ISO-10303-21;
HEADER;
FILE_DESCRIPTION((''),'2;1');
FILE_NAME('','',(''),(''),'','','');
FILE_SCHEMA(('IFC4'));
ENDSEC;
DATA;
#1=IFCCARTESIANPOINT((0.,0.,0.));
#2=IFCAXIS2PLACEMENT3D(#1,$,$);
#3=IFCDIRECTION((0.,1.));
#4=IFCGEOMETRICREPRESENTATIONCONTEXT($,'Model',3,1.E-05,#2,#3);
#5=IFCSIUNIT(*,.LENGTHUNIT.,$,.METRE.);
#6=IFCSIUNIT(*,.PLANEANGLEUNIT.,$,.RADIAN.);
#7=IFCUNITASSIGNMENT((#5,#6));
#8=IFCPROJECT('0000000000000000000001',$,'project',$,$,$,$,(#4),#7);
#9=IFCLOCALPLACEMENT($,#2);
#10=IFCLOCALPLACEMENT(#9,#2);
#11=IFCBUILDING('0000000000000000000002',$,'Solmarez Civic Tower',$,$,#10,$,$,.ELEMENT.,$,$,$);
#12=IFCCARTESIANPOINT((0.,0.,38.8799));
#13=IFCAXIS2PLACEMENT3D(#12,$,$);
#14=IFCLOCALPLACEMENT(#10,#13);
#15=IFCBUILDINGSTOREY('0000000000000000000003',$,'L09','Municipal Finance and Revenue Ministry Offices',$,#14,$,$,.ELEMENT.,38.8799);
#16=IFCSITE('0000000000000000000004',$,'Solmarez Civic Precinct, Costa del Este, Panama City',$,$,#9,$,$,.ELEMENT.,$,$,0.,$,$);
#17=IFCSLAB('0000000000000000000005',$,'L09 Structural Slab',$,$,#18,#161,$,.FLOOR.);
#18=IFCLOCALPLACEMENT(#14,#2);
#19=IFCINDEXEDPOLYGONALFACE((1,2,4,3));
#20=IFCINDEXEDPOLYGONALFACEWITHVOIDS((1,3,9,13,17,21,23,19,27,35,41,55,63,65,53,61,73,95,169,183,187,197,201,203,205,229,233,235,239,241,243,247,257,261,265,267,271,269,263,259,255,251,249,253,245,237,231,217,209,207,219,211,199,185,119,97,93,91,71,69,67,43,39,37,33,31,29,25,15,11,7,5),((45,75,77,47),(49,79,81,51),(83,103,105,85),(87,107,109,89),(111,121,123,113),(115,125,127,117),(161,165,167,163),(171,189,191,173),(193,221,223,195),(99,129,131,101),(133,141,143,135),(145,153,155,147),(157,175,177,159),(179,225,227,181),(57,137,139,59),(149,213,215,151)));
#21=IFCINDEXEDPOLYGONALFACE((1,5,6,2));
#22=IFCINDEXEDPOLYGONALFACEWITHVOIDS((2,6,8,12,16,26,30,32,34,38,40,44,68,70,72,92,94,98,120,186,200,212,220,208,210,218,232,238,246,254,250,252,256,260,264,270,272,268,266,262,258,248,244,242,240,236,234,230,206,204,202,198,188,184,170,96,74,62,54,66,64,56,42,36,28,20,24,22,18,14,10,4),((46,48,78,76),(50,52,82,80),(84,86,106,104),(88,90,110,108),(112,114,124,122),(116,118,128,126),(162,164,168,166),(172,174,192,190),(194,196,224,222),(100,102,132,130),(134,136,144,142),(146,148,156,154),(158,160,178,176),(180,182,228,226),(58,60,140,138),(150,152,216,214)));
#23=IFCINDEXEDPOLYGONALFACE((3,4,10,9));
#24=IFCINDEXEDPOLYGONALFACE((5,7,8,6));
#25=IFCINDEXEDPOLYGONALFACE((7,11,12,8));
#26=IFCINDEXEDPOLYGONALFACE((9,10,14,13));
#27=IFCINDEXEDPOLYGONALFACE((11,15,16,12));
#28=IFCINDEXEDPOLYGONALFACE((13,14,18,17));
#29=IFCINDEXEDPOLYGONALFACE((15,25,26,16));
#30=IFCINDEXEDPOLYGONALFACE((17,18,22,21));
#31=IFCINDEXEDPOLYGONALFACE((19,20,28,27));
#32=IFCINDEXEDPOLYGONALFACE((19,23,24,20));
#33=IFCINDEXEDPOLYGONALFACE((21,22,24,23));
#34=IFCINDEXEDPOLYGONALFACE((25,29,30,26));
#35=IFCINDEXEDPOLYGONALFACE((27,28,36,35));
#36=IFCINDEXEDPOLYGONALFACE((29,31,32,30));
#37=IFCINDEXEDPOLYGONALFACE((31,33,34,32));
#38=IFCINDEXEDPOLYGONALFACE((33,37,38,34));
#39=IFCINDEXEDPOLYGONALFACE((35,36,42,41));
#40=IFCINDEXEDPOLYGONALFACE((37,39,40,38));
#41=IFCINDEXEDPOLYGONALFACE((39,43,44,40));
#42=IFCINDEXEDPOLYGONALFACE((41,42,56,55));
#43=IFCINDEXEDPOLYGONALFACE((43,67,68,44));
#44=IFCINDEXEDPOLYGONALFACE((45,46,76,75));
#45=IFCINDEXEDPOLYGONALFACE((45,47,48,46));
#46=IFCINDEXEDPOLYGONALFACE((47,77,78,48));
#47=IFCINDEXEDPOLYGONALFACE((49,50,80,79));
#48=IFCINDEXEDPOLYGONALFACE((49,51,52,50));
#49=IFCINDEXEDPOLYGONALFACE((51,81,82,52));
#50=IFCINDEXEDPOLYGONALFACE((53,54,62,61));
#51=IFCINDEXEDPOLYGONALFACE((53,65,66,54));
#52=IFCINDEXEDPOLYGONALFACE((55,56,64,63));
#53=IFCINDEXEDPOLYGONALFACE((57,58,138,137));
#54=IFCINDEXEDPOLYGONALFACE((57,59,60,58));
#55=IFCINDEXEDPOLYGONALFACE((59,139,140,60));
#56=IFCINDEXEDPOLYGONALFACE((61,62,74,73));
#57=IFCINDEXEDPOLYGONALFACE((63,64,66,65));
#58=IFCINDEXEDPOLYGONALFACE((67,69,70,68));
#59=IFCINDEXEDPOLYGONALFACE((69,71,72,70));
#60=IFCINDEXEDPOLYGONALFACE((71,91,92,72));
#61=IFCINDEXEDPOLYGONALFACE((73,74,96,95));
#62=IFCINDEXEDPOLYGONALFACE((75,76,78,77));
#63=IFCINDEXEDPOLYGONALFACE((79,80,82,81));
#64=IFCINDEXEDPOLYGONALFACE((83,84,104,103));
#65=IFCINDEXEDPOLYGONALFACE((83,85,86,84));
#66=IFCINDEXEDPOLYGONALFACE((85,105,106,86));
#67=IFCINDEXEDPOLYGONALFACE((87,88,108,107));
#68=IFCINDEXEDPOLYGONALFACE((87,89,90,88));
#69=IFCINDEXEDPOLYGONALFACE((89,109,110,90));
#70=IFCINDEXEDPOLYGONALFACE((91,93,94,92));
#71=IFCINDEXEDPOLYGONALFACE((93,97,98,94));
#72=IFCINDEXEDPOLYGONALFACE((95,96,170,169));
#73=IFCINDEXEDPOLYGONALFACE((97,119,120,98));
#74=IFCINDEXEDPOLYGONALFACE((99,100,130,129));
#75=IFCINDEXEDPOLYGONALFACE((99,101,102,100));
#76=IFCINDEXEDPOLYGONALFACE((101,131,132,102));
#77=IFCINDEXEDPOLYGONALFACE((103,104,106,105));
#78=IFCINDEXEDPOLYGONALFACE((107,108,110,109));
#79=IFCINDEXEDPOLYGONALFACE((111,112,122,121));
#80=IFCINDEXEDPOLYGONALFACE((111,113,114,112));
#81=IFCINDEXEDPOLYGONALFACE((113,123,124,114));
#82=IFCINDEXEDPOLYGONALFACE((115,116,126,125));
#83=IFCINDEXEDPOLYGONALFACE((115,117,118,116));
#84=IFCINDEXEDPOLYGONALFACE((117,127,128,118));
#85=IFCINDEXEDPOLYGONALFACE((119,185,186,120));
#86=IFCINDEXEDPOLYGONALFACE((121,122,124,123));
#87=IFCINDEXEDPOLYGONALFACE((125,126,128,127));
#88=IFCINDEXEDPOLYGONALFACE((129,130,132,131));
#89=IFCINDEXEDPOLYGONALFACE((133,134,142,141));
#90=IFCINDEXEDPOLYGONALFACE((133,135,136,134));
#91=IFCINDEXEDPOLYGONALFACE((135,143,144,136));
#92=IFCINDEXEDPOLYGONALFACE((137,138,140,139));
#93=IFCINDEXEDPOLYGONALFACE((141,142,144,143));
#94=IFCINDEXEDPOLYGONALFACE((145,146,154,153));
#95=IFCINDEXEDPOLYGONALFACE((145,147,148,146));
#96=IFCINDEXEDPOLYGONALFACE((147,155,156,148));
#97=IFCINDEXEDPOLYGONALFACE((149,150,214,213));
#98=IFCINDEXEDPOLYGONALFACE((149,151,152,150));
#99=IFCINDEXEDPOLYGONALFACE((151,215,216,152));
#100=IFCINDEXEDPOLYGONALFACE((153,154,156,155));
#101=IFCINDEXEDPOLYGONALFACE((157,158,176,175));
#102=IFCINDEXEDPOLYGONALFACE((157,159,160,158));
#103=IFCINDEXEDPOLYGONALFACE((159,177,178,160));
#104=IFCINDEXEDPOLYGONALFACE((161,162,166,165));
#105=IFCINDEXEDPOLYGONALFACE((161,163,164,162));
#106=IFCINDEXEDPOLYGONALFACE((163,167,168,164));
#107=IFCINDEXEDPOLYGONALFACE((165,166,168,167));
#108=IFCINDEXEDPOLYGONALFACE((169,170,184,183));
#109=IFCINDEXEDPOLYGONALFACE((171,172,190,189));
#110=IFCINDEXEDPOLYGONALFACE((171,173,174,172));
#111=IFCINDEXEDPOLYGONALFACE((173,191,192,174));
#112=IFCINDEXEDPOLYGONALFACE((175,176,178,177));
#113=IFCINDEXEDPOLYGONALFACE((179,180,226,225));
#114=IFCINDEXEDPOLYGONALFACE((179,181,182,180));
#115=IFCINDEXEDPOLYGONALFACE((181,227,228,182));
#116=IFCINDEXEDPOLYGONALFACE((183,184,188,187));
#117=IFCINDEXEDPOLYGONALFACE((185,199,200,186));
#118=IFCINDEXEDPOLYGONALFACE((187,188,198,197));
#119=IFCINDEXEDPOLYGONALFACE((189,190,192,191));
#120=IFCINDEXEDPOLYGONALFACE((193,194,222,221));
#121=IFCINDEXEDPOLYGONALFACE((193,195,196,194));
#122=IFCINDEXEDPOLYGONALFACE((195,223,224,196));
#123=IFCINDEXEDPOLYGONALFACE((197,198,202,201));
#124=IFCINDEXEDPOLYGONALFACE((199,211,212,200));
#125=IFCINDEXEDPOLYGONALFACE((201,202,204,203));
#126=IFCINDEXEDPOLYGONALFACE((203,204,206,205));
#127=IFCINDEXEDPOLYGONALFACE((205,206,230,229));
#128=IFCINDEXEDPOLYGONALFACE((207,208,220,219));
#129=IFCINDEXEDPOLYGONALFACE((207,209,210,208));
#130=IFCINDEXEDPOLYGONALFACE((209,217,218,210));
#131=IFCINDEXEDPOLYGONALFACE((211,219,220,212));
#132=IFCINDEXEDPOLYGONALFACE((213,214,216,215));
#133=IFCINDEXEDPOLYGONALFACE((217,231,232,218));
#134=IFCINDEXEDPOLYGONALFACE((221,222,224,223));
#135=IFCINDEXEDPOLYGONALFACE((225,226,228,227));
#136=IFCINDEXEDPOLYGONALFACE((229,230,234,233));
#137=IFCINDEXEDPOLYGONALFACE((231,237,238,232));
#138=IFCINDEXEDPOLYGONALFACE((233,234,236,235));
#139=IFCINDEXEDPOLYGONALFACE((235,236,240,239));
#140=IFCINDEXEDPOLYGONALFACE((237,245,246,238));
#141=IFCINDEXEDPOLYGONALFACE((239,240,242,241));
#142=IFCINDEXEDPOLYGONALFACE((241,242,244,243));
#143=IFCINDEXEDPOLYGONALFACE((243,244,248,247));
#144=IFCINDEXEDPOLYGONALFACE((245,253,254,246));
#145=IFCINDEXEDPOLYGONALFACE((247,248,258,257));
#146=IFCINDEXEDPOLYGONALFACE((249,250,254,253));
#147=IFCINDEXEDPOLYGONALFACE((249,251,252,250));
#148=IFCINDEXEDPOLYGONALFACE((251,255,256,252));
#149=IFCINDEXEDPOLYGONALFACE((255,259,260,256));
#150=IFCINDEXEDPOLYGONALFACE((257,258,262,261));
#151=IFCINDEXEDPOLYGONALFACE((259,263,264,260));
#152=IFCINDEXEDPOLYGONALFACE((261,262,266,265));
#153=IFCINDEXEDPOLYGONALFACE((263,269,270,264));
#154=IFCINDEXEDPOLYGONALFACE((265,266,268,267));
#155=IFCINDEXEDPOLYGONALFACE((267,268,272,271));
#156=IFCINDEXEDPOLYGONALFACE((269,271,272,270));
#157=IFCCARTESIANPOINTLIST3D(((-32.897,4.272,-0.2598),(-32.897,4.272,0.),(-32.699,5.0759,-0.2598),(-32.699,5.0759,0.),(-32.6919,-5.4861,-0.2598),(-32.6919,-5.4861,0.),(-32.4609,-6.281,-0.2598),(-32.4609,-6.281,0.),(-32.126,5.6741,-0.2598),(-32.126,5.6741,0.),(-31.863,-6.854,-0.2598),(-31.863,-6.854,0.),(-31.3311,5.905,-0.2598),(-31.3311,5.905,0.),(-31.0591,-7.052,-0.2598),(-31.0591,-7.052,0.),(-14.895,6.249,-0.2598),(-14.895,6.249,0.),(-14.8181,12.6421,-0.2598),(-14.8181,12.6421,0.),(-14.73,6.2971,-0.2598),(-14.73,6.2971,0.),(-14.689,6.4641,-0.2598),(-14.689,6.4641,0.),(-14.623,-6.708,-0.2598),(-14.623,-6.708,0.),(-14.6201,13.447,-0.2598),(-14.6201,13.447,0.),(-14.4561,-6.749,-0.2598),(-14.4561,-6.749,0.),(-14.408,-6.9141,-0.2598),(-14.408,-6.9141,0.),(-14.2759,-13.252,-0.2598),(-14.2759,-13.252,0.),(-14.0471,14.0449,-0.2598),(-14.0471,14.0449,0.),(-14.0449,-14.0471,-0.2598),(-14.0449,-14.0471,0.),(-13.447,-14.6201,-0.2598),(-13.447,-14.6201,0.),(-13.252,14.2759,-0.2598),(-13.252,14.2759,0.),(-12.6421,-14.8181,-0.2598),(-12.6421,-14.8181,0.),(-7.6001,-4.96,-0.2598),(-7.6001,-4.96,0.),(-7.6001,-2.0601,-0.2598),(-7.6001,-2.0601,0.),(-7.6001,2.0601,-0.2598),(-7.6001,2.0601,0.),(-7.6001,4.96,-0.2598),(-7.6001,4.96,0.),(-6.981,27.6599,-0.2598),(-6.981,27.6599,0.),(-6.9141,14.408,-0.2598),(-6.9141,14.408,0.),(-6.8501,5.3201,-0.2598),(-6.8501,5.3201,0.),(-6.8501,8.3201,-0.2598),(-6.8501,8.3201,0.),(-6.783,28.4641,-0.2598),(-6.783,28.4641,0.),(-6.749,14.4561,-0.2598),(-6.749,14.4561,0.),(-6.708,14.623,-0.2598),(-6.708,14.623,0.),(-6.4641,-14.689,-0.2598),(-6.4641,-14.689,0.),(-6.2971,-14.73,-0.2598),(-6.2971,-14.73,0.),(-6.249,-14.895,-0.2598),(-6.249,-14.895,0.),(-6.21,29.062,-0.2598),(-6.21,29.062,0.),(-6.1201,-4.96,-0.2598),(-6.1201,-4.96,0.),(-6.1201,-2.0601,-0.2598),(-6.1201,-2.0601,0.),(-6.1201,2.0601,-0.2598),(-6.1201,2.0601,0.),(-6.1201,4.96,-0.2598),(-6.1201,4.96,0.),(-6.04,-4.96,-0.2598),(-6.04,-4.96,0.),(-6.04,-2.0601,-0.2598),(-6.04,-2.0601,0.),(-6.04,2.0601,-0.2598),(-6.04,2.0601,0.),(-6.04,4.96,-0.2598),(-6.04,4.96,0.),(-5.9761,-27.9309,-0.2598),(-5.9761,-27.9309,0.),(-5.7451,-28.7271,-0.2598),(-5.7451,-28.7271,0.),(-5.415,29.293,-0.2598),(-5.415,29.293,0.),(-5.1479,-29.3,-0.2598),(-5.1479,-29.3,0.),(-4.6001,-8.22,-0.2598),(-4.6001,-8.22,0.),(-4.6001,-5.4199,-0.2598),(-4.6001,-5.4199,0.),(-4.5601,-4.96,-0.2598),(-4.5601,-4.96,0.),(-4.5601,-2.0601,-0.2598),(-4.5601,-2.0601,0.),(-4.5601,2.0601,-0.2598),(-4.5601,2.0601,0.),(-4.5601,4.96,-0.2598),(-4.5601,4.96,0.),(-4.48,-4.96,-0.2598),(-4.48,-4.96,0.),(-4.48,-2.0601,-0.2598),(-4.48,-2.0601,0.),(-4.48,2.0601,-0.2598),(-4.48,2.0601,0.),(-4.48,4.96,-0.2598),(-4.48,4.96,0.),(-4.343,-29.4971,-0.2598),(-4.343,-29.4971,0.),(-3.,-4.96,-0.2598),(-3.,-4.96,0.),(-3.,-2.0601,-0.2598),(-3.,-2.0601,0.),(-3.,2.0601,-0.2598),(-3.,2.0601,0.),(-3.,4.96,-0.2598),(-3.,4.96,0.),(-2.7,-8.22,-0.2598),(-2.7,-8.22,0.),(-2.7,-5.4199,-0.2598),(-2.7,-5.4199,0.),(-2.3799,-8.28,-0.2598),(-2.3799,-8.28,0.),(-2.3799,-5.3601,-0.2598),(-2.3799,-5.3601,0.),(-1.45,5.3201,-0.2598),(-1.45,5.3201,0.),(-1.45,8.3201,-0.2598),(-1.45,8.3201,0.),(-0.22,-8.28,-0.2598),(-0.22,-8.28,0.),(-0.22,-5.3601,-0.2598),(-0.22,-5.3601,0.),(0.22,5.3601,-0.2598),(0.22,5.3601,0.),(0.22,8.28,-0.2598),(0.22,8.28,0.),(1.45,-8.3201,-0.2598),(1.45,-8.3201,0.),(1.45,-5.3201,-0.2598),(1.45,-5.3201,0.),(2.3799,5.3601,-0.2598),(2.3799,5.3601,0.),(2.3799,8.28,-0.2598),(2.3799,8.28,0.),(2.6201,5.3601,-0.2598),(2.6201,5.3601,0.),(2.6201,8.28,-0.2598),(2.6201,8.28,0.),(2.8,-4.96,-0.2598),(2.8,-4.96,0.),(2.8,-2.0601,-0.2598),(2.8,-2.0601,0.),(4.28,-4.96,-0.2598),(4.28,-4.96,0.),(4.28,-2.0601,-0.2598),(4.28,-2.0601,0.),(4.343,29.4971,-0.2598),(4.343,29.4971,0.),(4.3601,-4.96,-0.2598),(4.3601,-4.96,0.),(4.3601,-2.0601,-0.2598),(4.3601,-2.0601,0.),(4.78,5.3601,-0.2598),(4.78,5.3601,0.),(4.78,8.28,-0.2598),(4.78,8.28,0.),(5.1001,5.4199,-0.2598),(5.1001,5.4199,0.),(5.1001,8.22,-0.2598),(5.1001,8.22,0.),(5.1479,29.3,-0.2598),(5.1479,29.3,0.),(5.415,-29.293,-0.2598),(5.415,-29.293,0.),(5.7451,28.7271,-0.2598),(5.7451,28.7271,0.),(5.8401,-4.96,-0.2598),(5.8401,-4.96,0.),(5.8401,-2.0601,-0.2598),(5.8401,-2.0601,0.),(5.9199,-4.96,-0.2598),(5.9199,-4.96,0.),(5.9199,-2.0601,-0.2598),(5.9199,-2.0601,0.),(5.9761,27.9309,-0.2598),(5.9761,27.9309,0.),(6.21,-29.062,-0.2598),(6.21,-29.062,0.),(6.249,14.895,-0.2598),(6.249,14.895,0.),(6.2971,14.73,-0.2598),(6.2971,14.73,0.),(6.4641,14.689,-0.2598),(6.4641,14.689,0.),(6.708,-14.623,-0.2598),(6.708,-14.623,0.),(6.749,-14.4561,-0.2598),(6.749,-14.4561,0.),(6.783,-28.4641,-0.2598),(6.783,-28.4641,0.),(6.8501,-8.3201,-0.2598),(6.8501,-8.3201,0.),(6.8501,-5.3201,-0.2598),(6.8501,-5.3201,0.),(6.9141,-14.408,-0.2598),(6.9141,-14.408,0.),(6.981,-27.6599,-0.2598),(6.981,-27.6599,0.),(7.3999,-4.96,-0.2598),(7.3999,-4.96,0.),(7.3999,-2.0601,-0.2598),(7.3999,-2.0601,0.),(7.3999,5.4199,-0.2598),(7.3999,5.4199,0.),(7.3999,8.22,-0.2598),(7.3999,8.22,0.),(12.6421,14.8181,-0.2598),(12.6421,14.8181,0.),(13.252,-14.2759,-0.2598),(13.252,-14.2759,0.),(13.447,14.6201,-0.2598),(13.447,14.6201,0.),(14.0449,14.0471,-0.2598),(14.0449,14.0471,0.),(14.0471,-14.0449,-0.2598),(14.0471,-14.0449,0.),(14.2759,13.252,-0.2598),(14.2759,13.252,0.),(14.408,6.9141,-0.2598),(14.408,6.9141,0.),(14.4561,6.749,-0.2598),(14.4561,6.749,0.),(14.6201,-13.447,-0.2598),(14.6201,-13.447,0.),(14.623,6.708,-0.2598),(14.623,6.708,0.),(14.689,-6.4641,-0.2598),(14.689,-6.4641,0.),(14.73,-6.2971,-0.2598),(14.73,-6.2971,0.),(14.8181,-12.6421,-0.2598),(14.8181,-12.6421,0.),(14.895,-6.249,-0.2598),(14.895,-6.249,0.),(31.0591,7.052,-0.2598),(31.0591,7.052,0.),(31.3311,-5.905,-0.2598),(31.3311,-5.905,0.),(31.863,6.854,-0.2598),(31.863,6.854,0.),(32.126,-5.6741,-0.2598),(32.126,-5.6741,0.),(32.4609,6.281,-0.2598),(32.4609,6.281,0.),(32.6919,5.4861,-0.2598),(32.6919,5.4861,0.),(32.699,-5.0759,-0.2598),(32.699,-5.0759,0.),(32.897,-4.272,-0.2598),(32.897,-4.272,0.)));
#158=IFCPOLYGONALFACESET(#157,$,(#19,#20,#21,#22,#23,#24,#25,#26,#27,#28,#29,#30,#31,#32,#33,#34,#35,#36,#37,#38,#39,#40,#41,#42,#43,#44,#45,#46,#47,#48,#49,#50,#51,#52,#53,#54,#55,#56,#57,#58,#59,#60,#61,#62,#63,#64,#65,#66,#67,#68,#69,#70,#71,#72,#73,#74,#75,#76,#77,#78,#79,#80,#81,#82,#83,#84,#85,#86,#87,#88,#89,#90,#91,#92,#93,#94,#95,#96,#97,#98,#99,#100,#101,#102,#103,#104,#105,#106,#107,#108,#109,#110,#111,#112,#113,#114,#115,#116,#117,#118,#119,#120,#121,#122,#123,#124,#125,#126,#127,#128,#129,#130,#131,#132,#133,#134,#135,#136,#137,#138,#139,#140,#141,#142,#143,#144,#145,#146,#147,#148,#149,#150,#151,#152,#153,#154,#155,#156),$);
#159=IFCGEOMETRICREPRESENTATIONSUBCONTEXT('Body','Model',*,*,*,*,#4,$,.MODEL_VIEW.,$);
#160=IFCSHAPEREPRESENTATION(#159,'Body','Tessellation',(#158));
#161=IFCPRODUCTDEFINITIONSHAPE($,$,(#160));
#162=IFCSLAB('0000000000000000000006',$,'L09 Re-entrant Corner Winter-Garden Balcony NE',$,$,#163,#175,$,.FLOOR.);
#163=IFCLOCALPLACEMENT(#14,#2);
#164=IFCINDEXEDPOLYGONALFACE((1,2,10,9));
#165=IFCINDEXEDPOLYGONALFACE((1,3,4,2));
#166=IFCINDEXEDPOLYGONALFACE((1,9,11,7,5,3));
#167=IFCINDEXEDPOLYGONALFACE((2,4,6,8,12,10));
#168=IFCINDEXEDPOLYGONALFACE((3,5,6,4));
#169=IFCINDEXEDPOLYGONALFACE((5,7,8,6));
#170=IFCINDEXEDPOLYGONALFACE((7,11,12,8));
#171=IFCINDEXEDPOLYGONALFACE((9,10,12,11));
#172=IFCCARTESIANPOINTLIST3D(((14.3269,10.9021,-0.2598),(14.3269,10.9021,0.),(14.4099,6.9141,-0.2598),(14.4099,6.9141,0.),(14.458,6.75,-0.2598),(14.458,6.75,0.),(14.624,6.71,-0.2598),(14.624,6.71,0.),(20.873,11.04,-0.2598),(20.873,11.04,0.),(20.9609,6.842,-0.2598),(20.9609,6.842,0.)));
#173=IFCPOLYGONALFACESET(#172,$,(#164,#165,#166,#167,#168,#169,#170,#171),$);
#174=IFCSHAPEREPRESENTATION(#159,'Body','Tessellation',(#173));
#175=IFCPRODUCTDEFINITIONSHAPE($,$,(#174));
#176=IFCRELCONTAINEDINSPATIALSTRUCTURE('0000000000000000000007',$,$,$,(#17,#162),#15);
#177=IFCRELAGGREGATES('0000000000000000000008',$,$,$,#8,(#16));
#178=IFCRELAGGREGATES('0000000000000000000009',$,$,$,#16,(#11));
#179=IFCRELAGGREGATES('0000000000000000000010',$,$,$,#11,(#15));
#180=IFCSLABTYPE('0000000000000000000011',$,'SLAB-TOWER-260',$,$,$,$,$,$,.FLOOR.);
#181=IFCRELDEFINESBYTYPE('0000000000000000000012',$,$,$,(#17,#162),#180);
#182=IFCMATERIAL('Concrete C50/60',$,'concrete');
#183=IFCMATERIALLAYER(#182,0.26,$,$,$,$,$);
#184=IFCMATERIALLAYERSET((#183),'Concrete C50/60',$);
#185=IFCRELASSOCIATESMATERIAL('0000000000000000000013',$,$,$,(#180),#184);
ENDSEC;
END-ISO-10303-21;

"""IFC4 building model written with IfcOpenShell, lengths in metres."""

from ifc_helpers import new_model, si_unit, direction, frame, origin, place, context, subcontext, project, spatial, polyline, outline, extrude, material, layer, layer_set, type_object, element, save


model = new_model("IFC4")

# Units and contexts
model_context = context("Model", 3, precision=1e-05, world=origin(), true_north=direction((0.0, 1.0)))
body_context = subcontext(model_context, "Body", "Model", "MODEL_VIEW")
ifc_project = project(units=[si_unit("LENGTHUNIT", "METRE"), si_unit("PLANEANGLEUNIT", "RADIAN")], contexts=[model_context])

# Site, building, storey
site_placement = place(None, origin())
site = spatial("IfcSite", under=ifc_project, at=site_placement, Name="Solmarez Civic Precinct, Costa del Este, Panama City", CompositionType="ELEMENT", RefElevation=0.0)
building_placement = place(site_placement, origin())
building = spatial("IfcBuilding", under=site, at=building_placement, Name="Solmarez Civic Tower", CompositionType="ELEMENT")
storey_placement = place(building_placement, frame((0.0, 0.0, 38.8799)))
storey = spatial("IfcBuildingStorey", under=building, at=storey_placement, Name="L09", Description="Municipal Finance and Revenue Ministry Offices", CompositionType="ELEMENT", Elevation=38.8799)

# Shared definitions
ifc_material_1 = material(Name="Concrete C50/60", Category="concrete")

# Slabs
ifc_layer_1 = layer(ifc_material_1, 0.26)
ifc_layer_set_1 = layer_set([ifc_layer_1], Name="Concrete C50/60")
slab_type_1 = type_object("IfcSlabType", Name="SLAB-TOWER-260", PredefinedType="FLOOR", material=ifc_layer_set_1)
slab_1_placement = place(storey_placement, frame((0.0, 0.0, -0.2598)))
element("IfcSlab", 1, at=slab_1_placement, inside=storey, type_object=slab_type_1, Name="L09 Structural Slab", PredefinedType="FLOOR", context=body_context, shape_type="SweptSolid", body=[
    extrude(outline(polyline([(-14.408, -6.9141), (-14.2759, -13.252), (-14.0449, -14.0471), (-13.447, -14.6201), (-12.6421, -14.8181), (-6.4641, -14.689), (-6.2971, -14.73), (-6.249, -14.895), (-5.9761, -27.9309), (-5.7451, -28.7271), (-5.1479, -29.3), (-4.343, -29.4971), (5.415, -29.293), (6.21, -29.062), (6.783, -28.4641), (6.981, -27.6599), (6.708, -14.623), (6.749, -14.4561), (6.9141, -14.408), (13.252, -14.2759), (14.0471, -14.0449), (14.6201, -13.447), (14.8181, -12.6421), (14.689, -6.4641), (14.73, -6.2971), (14.895, -6.249), (31.3311, -5.905), (32.126, -5.6741), (32.699, -5.0759), (32.897, -4.272), (32.6919, 5.4861), (32.4609, 6.281), (31.863, 6.854), (31.0591, 7.052), (14.623, 6.708), (14.4561, 6.749), (14.408, 6.9141), (14.2759, 13.252), (14.0449, 14.0471), (13.447, 14.6201), (12.6421, 14.8181), (6.4641, 14.689), (6.2971, 14.73), (6.249, 14.895), (5.9761, 27.9309), (5.7451, 28.7271), (5.1479, 29.3), (4.343, 29.4971), (-5.415, 29.293), (-6.21, 29.062), (-6.783, 28.4641), (-6.981, 27.6599), (-6.708, 14.623), (-6.749, 14.4561), (-6.9141, 14.408), (-13.252, 14.2759), (-14.0471, 14.0449), (-14.6201, 13.447), (-14.8181, 12.6421), (-14.689, 6.4641), (-14.73, 6.2971), (-14.895, 6.249), (-31.3311, 5.905), (-32.126, 5.6741), (-32.699, 5.0759), (-32.897, 4.272), (-32.6919, -5.4861), (-32.4609, -6.281), (-31.863, -6.854), (-31.0591, -7.052), (-14.623, -6.708), (-14.4561, -6.749), (-14.408, -6.9141)]), holes=[polyline([(-1.45, 8.3201), (-6.8501, 8.3201), (-6.8501, 5.3201), (-1.45, 5.3201), (-1.45, 8.3201)]), polyline([(1.45, -8.3201), (6.8501, -8.3201), (6.8501, -5.3201), (1.45, -5.3201), (1.45, -8.3201)]), polyline([(0.22, 5.3601), (2.3799, 5.3601), (2.3799, 8.28), (0.22, 8.28), (0.22, 5.3601)]), polyline([(2.6201, 5.3601), (4.78, 5.3601), (4.78, 8.28), (2.6201, 8.28), (2.6201, 5.3601)]), polyline([(-2.3799, -8.28), (-0.22, -8.28), (-0.22, -5.3601), (-2.3799, -5.3601), (-2.3799, -8.28)]), polyline([(2.8, -4.96), (4.28, -4.96), (4.28, -2.0601), (2.8, -2.0601), (2.8, -4.96)]), polyline([(4.3601, -4.96), (5.8401, -4.96), (5.8401, -2.0601), (4.3601, -2.0601), (4.3601, -4.96)]), polyline([(5.9199, -4.96), (7.3999, -4.96), (7.3999, -2.0601), (5.9199, -2.0601), (5.9199, -4.96)]), polyline([(-7.6001, -4.96), (-6.1201, -4.96), (-6.1201, -2.0601), (-7.6001, -2.0601), (-7.6001, -4.96)]), polyline([(-6.04, -4.96), (-4.5601, -4.96), (-4.5601, -2.0601), (-6.04, -2.0601), (-6.04, -4.96)]), polyline([(-4.48, -4.96), (-3.0, -4.96), (-3.0, -2.0601), (-4.48, -2.0601), (-4.48, -4.96)]), polyline([(-7.6001, 2.0601), (-6.1201, 2.0601), (-6.1201, 4.96), (-7.6001, 4.96), (-7.6001, 2.0601)]), polyline([(-6.04, 2.0601), (-4.5601, 2.0601), (-4.5601, 4.96), (-6.04, 4.96), (-6.04, 2.0601)]), polyline([(-4.48, 2.0601), (-3.0, 2.0601), (-3.0, 4.96), (-4.48, 4.96), (-4.48, 2.0601)]), polyline([(5.1001, 5.4199), (7.3999, 5.4199), (7.3999, 8.22), (5.1001, 8.22), (5.1001, 5.4199)]), polyline([(-4.6001, -8.22), (-2.7, -8.22), (-2.7, -5.4199), (-4.6001, -5.4199), (-4.6001, -8.22)])]), origin(), (0.0, 0.0, 1.0), 0.2598),
])
slab_2_placement = place(storey_placement, frame((0.0, 0.0, -0.2598)))
element("IfcSlab", 2, at=slab_2_placement, inside=storey, type_object=slab_type_1, Name="L09 Re-entrant Corner Winter-Garden Balcony NE", PredefinedType="FLOOR", context=body_context, shape_type="SweptSolid", body=[
    extrude(outline(polyline([(14.3269, 10.9021), (14.4099, 6.9141), (14.458, 6.75), (14.624, 6.71), (20.9609, 6.842), (20.873, 11.04), (14.3269, 10.9021)])), origin(), (0.0, 0.0, 1.0), 0.2598),
])

save(model, "model.ifc")
